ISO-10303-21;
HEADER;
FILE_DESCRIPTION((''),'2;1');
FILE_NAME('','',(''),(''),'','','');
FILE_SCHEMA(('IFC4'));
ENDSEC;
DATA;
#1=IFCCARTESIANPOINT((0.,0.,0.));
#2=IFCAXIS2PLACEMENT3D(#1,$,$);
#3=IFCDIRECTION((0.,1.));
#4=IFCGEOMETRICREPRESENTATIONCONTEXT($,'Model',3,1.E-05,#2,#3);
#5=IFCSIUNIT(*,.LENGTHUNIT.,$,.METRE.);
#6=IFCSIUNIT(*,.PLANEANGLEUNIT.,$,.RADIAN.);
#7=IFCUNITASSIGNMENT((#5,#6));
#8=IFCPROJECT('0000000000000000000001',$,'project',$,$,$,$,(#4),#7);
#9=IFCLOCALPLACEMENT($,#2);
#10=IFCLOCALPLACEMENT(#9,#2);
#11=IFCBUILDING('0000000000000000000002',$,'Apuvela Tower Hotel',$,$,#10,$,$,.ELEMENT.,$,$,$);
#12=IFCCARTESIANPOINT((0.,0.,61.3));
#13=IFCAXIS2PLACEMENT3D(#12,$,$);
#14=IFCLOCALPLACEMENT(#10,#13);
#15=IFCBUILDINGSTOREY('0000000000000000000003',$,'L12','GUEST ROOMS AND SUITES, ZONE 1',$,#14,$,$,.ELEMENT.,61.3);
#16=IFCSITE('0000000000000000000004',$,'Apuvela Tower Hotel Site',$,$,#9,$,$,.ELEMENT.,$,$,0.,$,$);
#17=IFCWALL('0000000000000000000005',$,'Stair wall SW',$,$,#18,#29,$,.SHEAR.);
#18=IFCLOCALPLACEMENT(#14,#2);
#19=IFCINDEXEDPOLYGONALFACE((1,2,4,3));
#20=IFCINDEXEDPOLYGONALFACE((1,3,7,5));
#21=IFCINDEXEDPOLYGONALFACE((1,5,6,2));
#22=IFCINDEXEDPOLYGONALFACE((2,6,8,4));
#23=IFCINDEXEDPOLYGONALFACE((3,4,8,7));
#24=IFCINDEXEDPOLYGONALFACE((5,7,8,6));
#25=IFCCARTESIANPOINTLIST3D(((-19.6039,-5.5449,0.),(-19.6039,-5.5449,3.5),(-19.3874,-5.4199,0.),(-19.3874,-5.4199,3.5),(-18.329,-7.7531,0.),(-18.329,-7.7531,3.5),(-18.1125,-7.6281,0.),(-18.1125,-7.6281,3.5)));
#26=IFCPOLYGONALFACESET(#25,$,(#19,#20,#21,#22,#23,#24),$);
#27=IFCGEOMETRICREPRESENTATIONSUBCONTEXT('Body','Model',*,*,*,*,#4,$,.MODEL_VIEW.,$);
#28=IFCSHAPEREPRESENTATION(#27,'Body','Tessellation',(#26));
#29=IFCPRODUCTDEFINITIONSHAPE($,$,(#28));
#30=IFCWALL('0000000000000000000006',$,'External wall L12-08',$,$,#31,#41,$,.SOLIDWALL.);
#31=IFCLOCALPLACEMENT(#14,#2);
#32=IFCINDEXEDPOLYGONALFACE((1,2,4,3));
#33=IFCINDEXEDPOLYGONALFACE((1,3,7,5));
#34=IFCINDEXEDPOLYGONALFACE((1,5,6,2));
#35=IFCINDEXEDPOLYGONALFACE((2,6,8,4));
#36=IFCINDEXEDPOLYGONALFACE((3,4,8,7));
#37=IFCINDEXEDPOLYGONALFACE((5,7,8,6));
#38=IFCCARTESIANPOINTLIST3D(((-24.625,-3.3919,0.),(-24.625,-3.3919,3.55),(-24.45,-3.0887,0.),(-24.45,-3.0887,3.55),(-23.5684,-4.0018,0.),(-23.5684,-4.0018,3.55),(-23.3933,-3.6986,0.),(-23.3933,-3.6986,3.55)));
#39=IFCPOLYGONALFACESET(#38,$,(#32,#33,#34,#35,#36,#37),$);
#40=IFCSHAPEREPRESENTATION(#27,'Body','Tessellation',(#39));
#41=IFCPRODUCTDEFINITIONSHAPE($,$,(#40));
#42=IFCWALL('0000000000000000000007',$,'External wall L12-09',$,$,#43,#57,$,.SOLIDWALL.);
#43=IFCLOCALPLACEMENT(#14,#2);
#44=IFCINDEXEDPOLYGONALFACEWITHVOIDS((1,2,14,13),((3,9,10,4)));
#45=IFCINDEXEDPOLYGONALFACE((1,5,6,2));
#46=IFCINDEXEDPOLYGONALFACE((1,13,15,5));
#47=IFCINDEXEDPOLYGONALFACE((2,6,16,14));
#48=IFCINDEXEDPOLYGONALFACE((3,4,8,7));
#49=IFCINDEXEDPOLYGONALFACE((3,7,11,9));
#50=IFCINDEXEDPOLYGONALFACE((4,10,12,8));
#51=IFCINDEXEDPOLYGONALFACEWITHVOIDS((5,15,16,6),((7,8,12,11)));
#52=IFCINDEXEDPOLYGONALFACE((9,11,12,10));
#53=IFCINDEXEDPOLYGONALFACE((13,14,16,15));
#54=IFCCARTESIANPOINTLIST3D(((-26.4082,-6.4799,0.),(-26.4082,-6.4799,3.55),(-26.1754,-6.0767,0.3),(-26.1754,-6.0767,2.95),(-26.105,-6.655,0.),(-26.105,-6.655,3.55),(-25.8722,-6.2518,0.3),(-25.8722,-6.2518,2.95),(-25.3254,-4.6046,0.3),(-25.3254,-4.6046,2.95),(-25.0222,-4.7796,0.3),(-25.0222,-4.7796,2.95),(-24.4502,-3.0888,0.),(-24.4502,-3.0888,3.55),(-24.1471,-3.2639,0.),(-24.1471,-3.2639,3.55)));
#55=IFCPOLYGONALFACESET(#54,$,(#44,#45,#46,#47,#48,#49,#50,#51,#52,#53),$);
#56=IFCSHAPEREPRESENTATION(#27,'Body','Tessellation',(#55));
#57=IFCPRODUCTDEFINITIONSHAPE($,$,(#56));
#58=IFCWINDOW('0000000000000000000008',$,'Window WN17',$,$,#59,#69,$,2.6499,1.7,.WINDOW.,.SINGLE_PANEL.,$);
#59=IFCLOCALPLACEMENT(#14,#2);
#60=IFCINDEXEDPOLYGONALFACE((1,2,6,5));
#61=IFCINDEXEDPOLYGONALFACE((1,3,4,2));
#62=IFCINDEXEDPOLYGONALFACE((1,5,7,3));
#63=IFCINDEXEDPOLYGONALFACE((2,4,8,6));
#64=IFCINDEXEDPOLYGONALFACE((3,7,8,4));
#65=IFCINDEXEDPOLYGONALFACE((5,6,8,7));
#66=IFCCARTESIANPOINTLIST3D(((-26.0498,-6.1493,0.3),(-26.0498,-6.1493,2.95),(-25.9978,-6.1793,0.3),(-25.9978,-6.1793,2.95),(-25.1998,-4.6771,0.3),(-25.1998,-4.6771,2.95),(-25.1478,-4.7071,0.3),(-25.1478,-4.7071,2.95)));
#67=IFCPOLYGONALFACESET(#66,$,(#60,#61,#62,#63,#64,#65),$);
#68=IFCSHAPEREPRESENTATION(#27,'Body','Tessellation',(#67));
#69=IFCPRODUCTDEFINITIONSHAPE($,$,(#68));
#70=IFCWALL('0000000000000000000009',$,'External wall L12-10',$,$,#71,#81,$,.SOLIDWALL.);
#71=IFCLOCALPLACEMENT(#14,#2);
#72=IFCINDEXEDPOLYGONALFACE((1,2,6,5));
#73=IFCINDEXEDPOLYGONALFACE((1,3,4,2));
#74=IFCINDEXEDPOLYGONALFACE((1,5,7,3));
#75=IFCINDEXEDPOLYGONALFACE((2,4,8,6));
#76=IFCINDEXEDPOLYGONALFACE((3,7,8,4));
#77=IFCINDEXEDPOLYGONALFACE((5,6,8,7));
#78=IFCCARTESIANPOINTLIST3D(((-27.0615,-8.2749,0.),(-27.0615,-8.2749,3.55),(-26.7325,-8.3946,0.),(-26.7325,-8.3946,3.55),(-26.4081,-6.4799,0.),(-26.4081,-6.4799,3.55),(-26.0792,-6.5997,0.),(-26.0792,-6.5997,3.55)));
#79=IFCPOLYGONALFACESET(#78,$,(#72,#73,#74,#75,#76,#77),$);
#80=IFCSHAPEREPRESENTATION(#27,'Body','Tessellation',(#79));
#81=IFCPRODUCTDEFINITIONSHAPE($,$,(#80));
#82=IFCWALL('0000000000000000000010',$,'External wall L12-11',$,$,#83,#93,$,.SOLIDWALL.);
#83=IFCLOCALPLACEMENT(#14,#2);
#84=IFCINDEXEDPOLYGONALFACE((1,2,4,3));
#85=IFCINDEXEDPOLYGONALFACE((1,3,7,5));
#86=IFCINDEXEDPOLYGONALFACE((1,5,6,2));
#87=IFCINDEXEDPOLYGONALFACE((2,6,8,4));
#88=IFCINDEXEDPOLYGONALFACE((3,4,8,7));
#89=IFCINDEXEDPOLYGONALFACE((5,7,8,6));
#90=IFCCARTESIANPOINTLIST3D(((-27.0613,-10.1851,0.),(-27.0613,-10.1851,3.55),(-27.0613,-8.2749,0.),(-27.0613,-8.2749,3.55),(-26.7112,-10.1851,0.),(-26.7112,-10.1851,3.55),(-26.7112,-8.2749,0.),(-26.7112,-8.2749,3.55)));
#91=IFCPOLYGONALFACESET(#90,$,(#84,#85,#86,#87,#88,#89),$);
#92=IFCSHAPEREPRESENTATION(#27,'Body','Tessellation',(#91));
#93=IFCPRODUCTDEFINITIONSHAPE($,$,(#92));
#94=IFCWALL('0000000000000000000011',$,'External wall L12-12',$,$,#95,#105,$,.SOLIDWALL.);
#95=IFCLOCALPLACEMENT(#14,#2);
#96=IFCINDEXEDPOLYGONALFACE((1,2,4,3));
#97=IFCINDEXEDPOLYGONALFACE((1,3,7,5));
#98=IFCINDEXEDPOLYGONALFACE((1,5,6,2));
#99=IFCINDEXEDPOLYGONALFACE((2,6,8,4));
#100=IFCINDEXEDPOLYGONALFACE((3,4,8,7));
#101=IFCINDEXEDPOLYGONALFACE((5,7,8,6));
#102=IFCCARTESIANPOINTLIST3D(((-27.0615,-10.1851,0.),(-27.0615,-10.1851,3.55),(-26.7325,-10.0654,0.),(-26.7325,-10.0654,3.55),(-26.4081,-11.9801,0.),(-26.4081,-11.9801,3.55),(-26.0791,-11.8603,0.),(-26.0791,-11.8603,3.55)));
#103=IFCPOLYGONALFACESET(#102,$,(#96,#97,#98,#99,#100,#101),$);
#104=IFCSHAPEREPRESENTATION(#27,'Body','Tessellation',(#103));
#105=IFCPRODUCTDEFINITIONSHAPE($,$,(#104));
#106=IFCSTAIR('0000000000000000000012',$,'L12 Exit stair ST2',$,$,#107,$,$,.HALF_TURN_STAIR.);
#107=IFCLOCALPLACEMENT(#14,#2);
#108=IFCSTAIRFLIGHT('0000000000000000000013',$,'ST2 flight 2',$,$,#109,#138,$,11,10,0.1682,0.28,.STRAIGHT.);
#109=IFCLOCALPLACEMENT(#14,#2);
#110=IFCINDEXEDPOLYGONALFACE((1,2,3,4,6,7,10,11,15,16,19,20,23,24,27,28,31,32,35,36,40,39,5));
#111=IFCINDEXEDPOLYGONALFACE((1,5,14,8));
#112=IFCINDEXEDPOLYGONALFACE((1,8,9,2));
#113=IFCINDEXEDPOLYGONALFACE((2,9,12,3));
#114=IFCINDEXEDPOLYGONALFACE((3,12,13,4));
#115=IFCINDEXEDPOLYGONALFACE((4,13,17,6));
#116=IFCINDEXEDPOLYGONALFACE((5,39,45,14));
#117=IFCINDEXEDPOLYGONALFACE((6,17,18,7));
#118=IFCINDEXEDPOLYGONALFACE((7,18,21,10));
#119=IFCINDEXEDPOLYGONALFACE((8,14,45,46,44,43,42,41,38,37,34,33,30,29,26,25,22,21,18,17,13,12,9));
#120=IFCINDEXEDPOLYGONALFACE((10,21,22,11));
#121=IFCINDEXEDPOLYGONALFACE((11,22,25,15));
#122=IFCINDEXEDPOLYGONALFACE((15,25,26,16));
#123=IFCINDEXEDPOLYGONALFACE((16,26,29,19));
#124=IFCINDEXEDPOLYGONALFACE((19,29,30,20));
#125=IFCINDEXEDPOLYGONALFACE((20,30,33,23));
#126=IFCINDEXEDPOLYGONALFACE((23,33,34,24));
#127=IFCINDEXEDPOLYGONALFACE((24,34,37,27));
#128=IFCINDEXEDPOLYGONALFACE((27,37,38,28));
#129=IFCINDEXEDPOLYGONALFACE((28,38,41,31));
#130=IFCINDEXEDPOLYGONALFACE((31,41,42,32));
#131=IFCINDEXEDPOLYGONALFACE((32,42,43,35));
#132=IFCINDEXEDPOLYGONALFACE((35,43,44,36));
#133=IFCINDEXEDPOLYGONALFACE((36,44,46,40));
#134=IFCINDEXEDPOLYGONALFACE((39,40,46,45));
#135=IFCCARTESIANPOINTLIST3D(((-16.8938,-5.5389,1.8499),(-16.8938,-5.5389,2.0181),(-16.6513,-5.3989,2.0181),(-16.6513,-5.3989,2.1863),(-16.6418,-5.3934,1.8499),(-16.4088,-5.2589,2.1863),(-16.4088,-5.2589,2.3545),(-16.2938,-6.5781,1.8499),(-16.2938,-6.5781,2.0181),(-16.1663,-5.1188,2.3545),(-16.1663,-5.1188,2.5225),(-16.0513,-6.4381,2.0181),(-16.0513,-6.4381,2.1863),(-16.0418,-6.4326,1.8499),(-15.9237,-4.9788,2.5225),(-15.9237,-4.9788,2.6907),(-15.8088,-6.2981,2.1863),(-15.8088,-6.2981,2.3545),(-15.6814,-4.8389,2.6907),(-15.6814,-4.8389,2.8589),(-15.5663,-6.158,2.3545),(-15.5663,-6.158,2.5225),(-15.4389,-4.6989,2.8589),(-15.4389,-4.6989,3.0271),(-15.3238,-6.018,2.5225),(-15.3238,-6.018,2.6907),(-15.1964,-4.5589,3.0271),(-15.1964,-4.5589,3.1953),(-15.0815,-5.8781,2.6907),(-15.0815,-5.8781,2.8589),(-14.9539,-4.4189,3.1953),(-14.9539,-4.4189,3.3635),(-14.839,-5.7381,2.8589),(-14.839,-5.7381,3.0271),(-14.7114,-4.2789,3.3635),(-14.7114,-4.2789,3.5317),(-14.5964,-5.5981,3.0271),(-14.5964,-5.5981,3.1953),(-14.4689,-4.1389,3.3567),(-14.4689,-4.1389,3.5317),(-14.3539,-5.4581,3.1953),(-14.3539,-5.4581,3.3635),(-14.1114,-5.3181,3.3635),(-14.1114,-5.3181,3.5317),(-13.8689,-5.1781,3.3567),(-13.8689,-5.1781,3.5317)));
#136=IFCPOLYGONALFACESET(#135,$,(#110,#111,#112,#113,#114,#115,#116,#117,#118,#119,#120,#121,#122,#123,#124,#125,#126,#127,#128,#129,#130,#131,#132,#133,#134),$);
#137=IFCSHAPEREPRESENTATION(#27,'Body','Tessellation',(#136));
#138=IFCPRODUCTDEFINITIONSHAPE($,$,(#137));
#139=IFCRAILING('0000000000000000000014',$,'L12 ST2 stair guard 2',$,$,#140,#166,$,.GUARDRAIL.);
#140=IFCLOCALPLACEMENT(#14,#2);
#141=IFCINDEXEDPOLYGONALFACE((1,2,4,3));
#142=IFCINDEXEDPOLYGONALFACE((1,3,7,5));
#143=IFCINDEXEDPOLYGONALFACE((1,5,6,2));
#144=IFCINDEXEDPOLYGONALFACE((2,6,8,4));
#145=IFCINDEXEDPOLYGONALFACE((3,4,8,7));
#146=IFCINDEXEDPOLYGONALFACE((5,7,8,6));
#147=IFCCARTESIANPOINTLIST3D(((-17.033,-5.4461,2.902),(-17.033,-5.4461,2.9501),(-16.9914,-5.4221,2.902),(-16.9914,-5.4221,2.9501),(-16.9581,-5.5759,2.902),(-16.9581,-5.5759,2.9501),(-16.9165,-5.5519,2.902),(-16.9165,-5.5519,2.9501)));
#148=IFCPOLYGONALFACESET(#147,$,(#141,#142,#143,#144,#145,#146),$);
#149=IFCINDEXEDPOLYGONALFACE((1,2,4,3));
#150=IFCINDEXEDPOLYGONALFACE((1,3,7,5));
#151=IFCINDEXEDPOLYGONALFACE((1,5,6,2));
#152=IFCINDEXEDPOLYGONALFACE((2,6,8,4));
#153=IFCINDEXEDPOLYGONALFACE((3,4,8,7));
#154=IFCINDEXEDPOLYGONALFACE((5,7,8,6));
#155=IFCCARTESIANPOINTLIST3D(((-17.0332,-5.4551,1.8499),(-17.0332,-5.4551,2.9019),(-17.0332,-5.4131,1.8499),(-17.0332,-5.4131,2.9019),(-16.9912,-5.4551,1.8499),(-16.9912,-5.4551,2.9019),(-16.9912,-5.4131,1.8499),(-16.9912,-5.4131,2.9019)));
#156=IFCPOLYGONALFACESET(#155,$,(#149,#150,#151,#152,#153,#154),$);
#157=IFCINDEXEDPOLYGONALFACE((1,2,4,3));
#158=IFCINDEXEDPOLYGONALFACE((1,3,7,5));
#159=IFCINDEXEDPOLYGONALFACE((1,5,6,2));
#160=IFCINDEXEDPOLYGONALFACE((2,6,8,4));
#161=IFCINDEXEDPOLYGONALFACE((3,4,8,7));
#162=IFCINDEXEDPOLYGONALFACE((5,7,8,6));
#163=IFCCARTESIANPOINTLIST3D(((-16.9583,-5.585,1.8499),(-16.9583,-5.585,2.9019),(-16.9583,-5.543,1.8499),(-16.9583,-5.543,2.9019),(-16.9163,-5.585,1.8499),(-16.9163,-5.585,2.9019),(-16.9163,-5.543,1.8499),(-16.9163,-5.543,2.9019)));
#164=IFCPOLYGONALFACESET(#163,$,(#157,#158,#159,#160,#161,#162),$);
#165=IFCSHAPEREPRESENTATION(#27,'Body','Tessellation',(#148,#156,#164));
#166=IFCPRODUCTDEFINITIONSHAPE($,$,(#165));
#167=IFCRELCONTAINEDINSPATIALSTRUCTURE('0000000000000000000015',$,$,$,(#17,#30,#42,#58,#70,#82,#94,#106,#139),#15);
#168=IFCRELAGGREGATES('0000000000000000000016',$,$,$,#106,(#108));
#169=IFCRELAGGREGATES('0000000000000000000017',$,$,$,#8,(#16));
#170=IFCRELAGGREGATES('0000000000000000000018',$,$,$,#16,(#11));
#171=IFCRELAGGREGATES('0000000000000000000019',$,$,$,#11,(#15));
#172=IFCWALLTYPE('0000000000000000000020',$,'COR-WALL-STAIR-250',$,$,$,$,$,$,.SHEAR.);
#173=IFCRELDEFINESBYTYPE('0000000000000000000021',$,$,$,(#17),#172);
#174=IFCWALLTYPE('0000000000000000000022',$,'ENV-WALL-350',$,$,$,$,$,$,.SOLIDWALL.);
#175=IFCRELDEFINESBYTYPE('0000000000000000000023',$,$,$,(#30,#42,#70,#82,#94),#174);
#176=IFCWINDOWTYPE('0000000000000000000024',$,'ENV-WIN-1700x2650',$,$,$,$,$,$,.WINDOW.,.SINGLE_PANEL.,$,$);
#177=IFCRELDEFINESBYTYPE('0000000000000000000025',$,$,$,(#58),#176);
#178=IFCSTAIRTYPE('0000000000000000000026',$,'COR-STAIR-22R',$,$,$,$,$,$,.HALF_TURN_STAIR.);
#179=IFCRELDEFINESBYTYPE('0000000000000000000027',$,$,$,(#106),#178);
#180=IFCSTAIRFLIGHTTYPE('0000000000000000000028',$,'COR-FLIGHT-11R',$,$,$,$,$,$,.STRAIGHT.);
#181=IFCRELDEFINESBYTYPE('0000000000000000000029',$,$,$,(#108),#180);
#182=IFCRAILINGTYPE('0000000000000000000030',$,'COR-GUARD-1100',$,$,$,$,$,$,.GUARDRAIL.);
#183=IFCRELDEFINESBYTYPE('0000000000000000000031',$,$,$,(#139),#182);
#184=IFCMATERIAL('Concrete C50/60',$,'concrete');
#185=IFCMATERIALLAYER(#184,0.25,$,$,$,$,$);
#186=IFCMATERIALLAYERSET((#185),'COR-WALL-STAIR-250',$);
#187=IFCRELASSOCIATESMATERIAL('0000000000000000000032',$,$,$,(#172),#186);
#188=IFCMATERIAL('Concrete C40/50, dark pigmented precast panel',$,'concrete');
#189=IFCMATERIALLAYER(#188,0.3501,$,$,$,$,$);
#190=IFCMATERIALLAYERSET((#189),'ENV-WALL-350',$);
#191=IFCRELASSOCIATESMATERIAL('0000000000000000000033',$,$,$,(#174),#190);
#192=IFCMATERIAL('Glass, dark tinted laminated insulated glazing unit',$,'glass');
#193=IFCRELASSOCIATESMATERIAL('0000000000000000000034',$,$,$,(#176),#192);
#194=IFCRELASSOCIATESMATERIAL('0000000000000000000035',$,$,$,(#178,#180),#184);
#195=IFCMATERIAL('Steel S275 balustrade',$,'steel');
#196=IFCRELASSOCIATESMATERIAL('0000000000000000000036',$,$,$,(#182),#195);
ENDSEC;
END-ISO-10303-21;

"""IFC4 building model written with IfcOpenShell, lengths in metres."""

from ifc_helpers import new_model, si_unit, direction, frame, frame_2d, origin, origin_2d, place, context, subcontext, project, spatial, polyline, rectangle, outline, extrude, material, layer, layer_set, type_object, element, fill, aggregate, save


model = new_model("IFC4")

# Units and contexts
model_context = context("Model", 3, precision=1e-05, world=origin(), true_north=direction((0.0, 1.0)))
body_context = subcontext(model_context, "Body", "Model", "MODEL_VIEW")
ifc_project = project(units=[si_unit("LENGTHUNIT", "METRE"), si_unit("PLANEANGLEUNIT", "RADIAN")], contexts=[model_context])

# Site, building, storey
site_placement = place(None, origin())
site = spatial("IfcSite", under=ifc_project, at=site_placement, Name="Apuvela Tower Hotel Site", CompositionType="ELEMENT", RefElevation=0.0)
building_placement = place(site_placement, origin())
building = spatial("IfcBuilding", under=site, at=building_placement, Name="Apuvela Tower Hotel", CompositionType="ELEMENT")
storey_placement = place(building_placement, frame((0.0, 0.0, 61.3)))
storey = spatial("IfcBuildingStorey", under=building, at=storey_placement, Name="L12", Description="GUEST ROOMS AND SUITES, ZONE 1", CompositionType="ELEMENT", Elevation=61.3)

# Walls
ifc_material_1 = material(Name="Concrete C50/60", Category="concrete")
ifc_layer_1 = layer(ifc_material_1, 0.25)
ifc_layer_set_1 = layer_set([ifc_layer_1], Name="COR-WALL-STAIR-250")
wall_type_1 = type_object("IfcWallType", Name="COR-WALL-STAIR-250", PredefinedType="SHEAR", material=ifc_layer_set_1)
wall_1_placement = place(storey_placement, frame((-19.4956, -5.4824, 0.0), z_axis=(0.0, 0.0, 1.0), x_axis=(0.49999, -0.866031, 0.0)))
element("IfcWall", 1, at=wall_1_placement, inside=storey, type_object=wall_type_1, Name="Stair wall SW", PredefinedType="SHEAR", context=body_context, shape_type="SweptSolid", body=[
    extrude(rectangle(XDim=2.5498, YDim=0.25, at=frame_2d((1.2749, 0.0))), origin(), (0.0, 0.0, 1.0), 3.5),
])
ifc_material_2 = material(Name="Concrete C40/50, dark pigmented precast panel", Category="concrete")
ifc_layer_2 = layer(ifc_material_2, 0.3501)
ifc_layer_set_2 = layer_set([ifc_layer_2], Name="ENV-WALL-350")
wall_type_2 = type_object("IfcWallType", Name="ENV-WALL-350", PredefinedType="SOLIDWALL", material=ifc_layer_set_2)
wall_2_placement = place(storey_placement, frame((-23.481, -3.8501, 0.0), z_axis=(0.0, 0.0, 1.0), x_axis=(-0.866092, 0.499884, 0.0)))
element("IfcWall", 2, at=wall_2_placement, inside=storey, type_object=wall_type_2, Name="External wall L12-08", PredefinedType="SOLIDWALL", context=body_context, shape_type="SweptSolid", body=[
    extrude(rectangle(XDim=1.22, YDim=0.3501, at=frame_2d((0.6099, 0.0))), origin(), (0.0, 0.0, 1.0), 3.55),
])

# Wall, opening, window
wall_3_placement = place(storey_placement, frame((-24.2986, -3.1763, 0.0), z_axis=(0.0, 0.0, 1.0), x_axis=(-0.500028, -0.866009, 0.0)))
wall_3 = element("IfcWall", 3, at=wall_3_placement, inside=storey, type_object=wall_type_2, Name="External wall L12-09", PredefinedType="SOLIDWALL", context=body_context, shape_type="SweptSolid", body=[
    extrude(rectangle(XDim=3.9158, YDim=0.3501, at=frame_2d((1.958, 0.0))), origin(), (0.0, 0.0, 1.0), 3.55),
])
opening_1_placement = place(wall_3_placement, frame((1.7502, 0.0, 0.3)))
opening_1 = element("IfcOpeningElement", 4, at=opening_1_placement, cuts=wall_3, PredefinedType="OPENING", context=body_context, shape_type="SweptSolid", body=[
    extrude(rectangle(XDim=1.7, YDim=2.6499, at=frame_2d((0.8501, 1.325))), frame((0.0, 0.1851, 0.0), z_axis=(0.0, -1.0, 0.0), x_axis=(1.0, 0.0, 0.0)), (0.0, 0.0, 1.0), 0.3701),
])
ifc_material_3 = material(Name="Glass, dark tinted laminated insulated glazing unit", Category="glass")
window_type = type_object("IfcWindowType", Name="ENV-WIN-1700x2650", PartitioningType="SINGLE_PANEL", PredefinedType="WINDOW", material=ifc_material_3)
window_placement = place(opening_1_placement, origin())
window = element("IfcWindow", 5, at=window_placement, inside=storey, type_object=window_type, Name="Window WN17", OverallHeight=2.6499, OverallWidth=1.7, PartitioningType="SINGLE_PANEL", PredefinedType="WINDOW", context=body_context, shape_type="SweptSolid", body=[
    extrude(rectangle(XDim=1.7, YDim=2.6499, at=frame_2d((0.8501, 1.325))), frame((0.0, 0.03, 0.0), z_axis=(0.0, -1.0, 0.0), x_axis=(1.0, 0.0, 0.0)), (0.0, 0.0, 1.0), 0.0601),
])
fill(opening_1, window)

# Walls
for number, where, z_axis, x_axis, name in (
    (6, (-26.2437, -6.5398, 0.0), (0.0, 0.0, 1.0), (-0.34203, -0.939689, 0.0), "External wall L12-10"),
    (7, (-26.8862, -8.2749, 0.0), (0.0, 0.0, 1.0), (0.0, -1.0, 0.0), "External wall L12-11"),
    (8, (-26.897, -10.1252, 0.0), (0.0, 0.0, 1.0), (0.34203, -0.939689, 0.0), "External wall L12-12"),
):
    element("IfcWall", number, at=place(storey_placement, frame(where, z_axis=z_axis, x_axis=x_axis)), inside=storey, type_object=wall_type_2, Name=name, PredefinedType="SOLIDWALL", context=body_context, shape_type="SweptSolid", body=[
        extrude(rectangle(XDim=1.9102, YDim=0.3501, at=frame_2d((0.9551, 0.0))), origin(), (0.0, 0.0, 1.0), 3.55),
    ])

# Stair, stair flight
stair_type = type_object("IfcStairType", Name="COR-STAIR-22R", PredefinedType="HALF_TURN_STAIR", material=ifc_material_1)
stair_placement = place(storey_placement, origin())
stair = element("IfcStair", 9, at=stair_placement, inside=storey, type_object=stair_type, Name="L12 Exit stair ST2", PredefinedType="HALF_TURN_STAIR")
stair_flight_type = type_object("IfcStairFlightType", Name="COR-FLIGHT-11R", PredefinedType="STRAIGHT", material=ifc_material_1)
stair_flight_placement = place(storey_placement, frame((-16.5938, -6.0586, 1.8499), z_axis=(0.0, 0.0, 1.0), x_axis=(0.866025, 0.5, 0.0)))
stair_flight = element("IfcStairFlight", 10, at=stair_flight_placement, type_object=stair_flight_type, Name="ST2 flight 2", NumberOfRisers=11, NumberOfTreads=10, PredefinedType="STRAIGHT", RiserHeight=0.1682, TreadLength=0.28, context=body_context, shape_type="SweptSolid", body=[
    extrude(outline(polyline([(0.0, 0.0), (0.0, 0.1682), (0.28, 0.1682), (0.28, 0.3364), (0.5601, 0.3364), (0.5601, 0.5046), (0.8401, 0.5046), (0.8401, 0.6726), (1.1201, 0.6726), (1.1201, 0.8408), (1.3999, 0.8408), (1.3999, 1.009), (1.6799, 1.009), (1.6799, 1.1772), (1.96, 1.1772), (1.96, 1.3455), (2.24, 1.3455), (2.24, 1.5137), (2.52, 1.5137), (2.52, 1.6819), (2.8, 1.6819), (2.8, 1.8501), (2.8, 1.5068), (0.291, 0.0), (0.0, 0.0)])), frame((0.0, 0.6001, 0.0), z_axis=(0.0, -1.0, 0.0), x_axis=(1.0, 0.0, 0.0)), (0.0, 0.0, 1.0), 1.2),
])
aggregate(stair, [stair_flight])

# Railing
ifc_material_4 = material(Name="Steel S275 balustrade", Category="steel")
railing_type_1 = type_object("IfcRailingType", Name="COR-GUARD-1100", PredefinedType="GUARDRAIL", material=ifc_material_4)
railing_1_placement = place(storey_placement, frame((-17.0122, -5.4341, 1.8499)))
element("IfcRailing", 11, at=railing_1_placement, inside=storey, type_object=railing_type_1, Name="L12 ST2 stair guard 2", PredefinedType="GUARDRAIL", context=body_context, shape_type="SweptSolid", body=[
    extrude(rectangle(XDim=0.0481, YDim=0.0481, at=origin_2d()), frame((0.0, 0.0, 1.0762), z_axis=(0.499816, -0.866131, 0.0), x_axis=(0.866131, 0.499816, 0.0)), (0.0, 0.0, 1.0), 0.1499),
    extrude(rectangle(XDim=0.042, YDim=0.042, at=origin_2d()), origin(), (0.0, 0.0, 1.0), 1.052),
    extrude(rectangle(XDim=0.042, YDim=0.042, at=origin_2d()), frame((0.075, -0.1299, 0.0)), (0.0, 0.0, 1.0), 1.052),
])

save(model, "model.ifc")
